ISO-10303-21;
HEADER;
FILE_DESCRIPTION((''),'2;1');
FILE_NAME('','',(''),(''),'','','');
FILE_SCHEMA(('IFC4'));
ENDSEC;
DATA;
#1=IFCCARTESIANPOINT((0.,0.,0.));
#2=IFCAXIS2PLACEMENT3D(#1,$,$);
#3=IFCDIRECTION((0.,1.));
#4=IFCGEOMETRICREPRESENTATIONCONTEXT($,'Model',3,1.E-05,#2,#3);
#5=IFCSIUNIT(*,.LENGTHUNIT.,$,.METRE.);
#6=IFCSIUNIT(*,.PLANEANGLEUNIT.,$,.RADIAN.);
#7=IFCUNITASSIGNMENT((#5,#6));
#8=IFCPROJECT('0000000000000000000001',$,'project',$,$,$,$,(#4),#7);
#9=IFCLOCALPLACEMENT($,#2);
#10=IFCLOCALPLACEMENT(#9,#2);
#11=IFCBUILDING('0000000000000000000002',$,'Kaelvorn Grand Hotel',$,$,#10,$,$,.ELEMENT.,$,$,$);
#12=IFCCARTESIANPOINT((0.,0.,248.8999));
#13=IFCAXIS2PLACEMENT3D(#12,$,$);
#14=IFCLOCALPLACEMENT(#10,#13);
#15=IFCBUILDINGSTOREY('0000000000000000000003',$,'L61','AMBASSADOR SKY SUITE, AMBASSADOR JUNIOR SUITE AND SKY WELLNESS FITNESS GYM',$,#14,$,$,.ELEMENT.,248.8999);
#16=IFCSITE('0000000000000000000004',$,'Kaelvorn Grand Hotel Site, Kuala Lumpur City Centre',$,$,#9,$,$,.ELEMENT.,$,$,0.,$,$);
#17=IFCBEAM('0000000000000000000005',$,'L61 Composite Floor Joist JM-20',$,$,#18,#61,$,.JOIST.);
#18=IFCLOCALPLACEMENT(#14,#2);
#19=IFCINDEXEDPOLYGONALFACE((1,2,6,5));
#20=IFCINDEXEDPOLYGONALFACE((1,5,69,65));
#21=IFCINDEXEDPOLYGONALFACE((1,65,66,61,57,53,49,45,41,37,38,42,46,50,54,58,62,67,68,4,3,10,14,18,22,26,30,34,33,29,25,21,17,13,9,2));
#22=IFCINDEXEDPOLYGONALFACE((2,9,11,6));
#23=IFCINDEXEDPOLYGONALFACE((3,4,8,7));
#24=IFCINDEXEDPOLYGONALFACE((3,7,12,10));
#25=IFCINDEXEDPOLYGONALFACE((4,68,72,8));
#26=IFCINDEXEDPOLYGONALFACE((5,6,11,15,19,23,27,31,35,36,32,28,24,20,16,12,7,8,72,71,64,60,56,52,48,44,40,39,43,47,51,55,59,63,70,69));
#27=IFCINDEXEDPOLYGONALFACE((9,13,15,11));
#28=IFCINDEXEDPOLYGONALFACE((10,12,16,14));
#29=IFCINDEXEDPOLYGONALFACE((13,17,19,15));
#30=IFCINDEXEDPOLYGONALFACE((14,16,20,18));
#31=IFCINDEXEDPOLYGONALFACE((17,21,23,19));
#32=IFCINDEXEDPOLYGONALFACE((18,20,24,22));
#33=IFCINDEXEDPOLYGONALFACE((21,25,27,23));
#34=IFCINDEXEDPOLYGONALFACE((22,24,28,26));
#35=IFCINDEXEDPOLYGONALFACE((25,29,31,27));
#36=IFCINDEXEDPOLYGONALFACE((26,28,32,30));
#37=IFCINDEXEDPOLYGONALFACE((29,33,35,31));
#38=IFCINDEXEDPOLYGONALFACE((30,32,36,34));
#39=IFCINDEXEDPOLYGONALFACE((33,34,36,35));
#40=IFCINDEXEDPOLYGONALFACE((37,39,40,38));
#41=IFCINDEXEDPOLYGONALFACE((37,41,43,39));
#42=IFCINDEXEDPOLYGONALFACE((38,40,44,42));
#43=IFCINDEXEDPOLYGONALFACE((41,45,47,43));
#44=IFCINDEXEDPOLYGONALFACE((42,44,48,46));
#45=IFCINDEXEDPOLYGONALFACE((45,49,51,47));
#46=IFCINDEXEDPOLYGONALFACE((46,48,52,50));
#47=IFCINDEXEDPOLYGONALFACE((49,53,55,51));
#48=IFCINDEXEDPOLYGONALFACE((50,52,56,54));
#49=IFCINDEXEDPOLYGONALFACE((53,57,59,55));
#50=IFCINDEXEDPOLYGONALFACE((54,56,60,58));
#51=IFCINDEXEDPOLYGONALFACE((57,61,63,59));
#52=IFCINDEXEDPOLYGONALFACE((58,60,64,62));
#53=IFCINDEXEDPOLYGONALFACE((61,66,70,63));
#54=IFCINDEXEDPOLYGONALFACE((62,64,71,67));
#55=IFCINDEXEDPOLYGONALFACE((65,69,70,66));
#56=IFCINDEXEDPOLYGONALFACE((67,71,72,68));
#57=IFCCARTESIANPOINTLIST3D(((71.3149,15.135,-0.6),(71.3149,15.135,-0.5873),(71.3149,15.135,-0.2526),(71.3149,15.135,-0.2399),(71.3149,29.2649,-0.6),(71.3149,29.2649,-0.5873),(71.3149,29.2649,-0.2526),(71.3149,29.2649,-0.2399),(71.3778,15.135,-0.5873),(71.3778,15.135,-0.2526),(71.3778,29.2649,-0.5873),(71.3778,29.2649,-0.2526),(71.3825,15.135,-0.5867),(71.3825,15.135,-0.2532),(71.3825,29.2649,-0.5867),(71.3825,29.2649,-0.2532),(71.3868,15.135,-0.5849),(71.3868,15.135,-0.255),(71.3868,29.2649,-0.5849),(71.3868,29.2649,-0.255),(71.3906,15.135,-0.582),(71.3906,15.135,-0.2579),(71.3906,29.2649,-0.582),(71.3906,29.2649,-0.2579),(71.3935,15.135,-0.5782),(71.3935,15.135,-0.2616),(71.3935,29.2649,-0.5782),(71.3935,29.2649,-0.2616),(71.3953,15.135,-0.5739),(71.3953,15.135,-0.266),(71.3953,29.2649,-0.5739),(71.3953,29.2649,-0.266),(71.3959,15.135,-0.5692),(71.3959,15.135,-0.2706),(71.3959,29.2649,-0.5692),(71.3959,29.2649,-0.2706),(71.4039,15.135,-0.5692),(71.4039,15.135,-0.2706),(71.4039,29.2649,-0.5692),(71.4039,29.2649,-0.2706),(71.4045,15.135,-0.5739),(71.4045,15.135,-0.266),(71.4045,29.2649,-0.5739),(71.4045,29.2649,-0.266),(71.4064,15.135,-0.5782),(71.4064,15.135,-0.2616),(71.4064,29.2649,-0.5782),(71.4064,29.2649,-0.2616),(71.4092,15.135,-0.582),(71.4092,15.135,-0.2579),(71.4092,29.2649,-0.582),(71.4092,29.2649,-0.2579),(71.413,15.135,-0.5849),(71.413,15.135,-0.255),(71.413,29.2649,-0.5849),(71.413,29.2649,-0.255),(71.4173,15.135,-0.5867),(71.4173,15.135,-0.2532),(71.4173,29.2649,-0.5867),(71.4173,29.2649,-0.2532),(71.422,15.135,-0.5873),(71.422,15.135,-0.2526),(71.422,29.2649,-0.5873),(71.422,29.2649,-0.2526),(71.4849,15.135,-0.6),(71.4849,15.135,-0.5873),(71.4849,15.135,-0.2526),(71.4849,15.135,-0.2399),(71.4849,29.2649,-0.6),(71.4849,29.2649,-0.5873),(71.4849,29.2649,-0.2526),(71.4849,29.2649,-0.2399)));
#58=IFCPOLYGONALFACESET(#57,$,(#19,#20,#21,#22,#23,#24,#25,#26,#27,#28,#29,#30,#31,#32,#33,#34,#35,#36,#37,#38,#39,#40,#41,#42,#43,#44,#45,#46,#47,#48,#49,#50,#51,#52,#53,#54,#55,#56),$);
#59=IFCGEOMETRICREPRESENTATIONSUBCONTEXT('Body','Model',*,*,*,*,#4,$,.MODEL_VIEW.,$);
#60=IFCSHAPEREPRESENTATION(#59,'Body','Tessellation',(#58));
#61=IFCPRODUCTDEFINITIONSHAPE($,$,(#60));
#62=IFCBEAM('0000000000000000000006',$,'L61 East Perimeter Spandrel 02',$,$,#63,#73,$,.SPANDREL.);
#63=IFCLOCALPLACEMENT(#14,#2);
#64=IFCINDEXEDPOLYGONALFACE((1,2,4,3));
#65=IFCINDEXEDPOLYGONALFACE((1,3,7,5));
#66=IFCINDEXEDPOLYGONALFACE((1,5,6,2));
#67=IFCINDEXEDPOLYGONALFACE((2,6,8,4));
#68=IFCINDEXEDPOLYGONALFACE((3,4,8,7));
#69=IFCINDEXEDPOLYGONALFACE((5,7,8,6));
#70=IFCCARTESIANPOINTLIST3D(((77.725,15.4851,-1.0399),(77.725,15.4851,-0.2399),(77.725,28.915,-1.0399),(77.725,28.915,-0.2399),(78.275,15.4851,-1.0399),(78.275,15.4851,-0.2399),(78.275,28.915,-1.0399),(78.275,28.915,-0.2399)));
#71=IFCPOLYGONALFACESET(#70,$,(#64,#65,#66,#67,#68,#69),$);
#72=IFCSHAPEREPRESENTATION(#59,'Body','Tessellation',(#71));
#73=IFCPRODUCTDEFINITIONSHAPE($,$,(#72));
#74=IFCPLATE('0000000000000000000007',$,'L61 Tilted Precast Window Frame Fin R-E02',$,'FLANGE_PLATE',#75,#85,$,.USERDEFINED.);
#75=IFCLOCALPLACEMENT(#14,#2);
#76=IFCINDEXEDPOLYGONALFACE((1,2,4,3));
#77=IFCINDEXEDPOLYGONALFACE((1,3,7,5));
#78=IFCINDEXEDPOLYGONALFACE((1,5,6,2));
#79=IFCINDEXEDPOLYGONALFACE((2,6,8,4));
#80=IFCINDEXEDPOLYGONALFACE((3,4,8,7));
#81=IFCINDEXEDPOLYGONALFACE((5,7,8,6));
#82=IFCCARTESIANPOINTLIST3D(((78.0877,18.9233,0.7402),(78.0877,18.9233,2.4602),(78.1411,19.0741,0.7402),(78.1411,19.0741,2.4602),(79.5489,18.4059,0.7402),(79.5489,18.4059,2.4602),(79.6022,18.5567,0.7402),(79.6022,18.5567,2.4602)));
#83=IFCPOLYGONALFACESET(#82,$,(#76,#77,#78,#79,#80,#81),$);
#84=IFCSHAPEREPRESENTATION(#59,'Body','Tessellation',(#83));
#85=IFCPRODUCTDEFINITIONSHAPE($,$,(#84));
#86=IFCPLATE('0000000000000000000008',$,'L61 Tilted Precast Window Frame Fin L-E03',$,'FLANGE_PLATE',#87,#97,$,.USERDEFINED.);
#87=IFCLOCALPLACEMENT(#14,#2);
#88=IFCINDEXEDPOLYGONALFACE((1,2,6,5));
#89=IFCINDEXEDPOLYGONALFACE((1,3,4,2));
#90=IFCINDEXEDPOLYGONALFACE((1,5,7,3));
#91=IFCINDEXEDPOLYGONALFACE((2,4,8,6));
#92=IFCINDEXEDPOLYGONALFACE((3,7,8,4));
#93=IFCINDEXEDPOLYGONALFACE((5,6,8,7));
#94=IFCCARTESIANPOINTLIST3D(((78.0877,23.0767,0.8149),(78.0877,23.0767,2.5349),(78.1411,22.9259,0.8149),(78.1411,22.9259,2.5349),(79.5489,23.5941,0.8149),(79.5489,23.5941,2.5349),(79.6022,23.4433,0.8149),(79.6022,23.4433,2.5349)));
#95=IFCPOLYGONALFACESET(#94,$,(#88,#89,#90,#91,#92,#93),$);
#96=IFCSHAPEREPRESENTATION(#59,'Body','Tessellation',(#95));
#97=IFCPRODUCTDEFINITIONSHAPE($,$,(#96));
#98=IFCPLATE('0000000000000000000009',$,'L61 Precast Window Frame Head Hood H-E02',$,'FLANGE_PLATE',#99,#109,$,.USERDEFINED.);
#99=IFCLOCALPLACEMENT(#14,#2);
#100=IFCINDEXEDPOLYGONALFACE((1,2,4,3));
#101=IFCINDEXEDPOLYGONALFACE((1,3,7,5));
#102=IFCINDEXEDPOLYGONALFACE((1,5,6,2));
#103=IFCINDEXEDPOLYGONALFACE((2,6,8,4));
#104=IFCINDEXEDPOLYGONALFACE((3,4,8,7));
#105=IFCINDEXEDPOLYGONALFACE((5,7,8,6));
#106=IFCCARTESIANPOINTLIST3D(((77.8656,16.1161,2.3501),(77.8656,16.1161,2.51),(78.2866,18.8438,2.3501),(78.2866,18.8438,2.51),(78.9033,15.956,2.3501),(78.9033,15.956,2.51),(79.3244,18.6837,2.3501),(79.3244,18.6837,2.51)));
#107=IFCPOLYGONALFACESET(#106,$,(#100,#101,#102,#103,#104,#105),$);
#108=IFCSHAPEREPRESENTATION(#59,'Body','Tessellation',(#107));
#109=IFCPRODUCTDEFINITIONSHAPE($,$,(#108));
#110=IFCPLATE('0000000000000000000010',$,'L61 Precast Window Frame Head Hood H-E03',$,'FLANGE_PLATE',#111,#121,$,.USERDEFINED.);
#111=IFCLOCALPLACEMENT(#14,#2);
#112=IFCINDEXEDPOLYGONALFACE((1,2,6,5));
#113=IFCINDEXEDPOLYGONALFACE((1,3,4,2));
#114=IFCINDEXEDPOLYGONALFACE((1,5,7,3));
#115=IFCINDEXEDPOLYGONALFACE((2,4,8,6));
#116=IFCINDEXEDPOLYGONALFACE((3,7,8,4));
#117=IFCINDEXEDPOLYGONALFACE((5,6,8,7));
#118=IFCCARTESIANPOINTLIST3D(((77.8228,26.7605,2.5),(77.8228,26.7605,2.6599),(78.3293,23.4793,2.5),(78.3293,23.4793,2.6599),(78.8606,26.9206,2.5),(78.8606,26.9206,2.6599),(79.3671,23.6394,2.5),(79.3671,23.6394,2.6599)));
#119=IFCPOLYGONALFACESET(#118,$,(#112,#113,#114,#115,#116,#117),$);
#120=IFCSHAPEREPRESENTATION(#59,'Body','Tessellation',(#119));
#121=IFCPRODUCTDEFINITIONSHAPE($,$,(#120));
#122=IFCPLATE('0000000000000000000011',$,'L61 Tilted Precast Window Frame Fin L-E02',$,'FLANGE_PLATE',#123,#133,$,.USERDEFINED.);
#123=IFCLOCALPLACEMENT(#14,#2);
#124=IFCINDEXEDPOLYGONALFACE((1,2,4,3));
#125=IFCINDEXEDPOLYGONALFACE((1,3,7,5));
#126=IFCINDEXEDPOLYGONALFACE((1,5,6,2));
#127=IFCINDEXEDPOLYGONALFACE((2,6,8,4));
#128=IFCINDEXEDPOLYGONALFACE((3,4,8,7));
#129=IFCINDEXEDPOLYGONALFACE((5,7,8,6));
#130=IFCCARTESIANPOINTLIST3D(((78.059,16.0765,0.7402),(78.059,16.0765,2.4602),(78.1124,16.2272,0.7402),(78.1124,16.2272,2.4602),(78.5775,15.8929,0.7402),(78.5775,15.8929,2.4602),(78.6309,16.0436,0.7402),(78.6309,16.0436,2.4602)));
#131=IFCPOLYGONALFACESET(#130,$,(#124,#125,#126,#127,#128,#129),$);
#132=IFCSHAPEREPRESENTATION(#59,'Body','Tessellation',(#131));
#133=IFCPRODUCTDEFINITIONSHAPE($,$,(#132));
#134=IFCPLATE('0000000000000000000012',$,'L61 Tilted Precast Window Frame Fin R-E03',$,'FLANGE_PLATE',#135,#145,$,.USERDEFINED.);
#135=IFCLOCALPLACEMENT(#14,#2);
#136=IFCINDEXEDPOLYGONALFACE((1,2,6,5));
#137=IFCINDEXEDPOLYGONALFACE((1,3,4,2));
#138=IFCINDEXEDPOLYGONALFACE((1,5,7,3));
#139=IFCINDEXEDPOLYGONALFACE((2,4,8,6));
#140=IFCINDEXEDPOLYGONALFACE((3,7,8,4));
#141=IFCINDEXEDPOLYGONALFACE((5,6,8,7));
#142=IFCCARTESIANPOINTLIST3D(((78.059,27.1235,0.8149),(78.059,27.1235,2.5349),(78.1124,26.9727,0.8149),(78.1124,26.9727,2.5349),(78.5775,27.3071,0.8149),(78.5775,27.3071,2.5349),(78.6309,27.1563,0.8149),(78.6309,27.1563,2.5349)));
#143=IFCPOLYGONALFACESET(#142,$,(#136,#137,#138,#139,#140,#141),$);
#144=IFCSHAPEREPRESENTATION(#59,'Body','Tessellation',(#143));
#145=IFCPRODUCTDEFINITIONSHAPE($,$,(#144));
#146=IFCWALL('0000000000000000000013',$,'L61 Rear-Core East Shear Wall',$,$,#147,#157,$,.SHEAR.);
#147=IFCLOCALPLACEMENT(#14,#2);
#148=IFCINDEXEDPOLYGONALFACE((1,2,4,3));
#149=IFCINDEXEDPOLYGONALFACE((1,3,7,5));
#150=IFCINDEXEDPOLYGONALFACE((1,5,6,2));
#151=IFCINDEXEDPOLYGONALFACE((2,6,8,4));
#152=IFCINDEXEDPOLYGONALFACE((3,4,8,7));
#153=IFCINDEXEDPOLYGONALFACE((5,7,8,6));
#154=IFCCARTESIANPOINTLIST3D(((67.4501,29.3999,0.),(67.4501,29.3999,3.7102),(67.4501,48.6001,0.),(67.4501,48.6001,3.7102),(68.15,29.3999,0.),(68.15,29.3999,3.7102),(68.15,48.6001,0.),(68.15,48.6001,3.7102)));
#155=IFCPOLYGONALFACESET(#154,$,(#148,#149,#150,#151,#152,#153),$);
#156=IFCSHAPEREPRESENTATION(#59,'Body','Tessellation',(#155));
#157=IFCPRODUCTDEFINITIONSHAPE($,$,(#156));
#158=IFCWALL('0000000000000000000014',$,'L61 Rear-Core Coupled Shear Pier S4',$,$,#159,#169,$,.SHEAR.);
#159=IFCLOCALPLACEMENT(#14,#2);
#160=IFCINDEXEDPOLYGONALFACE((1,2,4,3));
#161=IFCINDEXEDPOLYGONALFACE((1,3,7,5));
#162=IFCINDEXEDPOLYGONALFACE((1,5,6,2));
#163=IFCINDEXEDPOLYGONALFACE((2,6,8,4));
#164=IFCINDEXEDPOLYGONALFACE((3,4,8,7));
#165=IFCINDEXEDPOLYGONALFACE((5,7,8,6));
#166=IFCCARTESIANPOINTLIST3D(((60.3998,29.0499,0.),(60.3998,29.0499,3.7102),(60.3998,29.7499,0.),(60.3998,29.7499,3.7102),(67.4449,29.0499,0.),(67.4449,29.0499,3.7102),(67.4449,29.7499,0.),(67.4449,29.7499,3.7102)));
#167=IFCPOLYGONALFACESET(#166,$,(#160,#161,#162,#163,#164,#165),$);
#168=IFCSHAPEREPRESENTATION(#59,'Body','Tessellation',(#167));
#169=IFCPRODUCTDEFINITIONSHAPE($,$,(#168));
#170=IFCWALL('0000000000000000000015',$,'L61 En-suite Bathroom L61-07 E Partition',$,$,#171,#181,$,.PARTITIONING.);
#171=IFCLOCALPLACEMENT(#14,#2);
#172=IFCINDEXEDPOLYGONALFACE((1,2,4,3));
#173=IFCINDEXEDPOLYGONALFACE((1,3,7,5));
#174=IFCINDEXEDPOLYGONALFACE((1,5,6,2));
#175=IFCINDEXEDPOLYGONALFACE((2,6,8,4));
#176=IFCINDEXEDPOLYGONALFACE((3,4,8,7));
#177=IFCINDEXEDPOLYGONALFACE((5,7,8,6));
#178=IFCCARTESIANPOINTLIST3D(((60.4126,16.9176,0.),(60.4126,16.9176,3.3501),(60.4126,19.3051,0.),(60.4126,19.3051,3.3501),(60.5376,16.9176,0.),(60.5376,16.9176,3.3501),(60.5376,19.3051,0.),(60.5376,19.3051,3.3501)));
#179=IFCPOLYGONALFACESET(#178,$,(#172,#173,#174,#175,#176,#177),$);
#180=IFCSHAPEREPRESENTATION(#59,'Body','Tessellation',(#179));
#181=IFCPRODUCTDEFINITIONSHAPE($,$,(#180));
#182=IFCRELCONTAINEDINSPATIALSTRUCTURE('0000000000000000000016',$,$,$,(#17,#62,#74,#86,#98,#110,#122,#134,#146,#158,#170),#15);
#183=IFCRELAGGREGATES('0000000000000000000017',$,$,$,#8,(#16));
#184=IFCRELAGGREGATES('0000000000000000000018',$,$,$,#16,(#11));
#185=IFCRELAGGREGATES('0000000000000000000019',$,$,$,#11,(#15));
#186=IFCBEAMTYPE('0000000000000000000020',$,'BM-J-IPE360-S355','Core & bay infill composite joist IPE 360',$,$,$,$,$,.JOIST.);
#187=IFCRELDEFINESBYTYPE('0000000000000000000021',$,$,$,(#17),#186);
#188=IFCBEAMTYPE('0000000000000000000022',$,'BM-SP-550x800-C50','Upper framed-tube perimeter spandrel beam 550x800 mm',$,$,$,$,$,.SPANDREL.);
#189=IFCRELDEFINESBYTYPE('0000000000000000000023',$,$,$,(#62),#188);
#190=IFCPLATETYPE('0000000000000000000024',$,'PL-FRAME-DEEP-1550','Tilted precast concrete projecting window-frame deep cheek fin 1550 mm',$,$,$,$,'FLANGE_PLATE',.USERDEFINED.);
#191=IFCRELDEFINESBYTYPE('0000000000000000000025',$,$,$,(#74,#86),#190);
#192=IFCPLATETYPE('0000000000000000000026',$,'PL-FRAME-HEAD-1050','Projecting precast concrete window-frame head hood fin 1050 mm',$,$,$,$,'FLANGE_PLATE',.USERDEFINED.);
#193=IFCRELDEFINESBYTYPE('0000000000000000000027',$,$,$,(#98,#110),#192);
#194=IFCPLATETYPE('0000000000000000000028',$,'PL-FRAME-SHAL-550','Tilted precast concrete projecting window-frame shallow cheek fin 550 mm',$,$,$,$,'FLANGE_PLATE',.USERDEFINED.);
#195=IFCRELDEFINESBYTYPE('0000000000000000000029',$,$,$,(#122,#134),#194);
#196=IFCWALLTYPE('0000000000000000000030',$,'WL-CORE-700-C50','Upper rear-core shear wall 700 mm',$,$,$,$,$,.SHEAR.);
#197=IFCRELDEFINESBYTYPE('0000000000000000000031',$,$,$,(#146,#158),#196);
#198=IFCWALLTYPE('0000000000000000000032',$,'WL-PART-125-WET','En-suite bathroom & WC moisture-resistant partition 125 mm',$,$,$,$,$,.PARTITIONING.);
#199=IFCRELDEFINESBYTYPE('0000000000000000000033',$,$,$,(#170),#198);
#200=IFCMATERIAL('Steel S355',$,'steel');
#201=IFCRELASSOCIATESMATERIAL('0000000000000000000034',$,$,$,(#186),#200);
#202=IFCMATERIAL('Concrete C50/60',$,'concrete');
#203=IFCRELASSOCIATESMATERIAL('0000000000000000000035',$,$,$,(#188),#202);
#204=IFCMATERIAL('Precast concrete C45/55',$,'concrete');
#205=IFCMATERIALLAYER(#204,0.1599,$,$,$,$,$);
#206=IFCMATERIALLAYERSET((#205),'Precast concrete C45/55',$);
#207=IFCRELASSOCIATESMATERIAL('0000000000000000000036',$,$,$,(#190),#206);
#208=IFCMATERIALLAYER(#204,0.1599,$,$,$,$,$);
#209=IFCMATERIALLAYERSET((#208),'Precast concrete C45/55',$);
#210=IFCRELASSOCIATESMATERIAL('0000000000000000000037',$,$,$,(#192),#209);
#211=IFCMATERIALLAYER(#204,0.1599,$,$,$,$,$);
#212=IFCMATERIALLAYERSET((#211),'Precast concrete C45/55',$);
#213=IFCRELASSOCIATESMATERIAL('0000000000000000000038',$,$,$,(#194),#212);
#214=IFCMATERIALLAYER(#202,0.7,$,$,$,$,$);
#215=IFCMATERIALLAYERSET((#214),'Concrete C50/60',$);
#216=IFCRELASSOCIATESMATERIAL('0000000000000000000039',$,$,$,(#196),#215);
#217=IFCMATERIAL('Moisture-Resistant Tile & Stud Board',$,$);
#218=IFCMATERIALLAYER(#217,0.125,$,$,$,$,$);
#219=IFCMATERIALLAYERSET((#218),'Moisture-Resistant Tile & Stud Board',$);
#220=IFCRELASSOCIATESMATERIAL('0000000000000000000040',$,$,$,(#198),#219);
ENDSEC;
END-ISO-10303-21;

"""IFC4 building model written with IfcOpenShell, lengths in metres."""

from ifc_helpers import new_model, si_unit, direction, frame, frame_2d, origin, origin_2d, place, context, subcontext, project, spatial, rectangle, i_section, extrude, material, layer, layer_set, material_profile, profile_set, type_object, element, save


model = new_model("IFC4")

# Units and contexts
model_context = context("Model", 3, precision=1e-05, world=origin(), true_north=direction((0.0, 1.0)))
body_context = subcontext(model_context, "Body", "Model", "MODEL_VIEW")
ifc_project = project(units=[si_unit("LENGTHUNIT", "METRE"), si_unit("PLANEANGLEUNIT", "RADIAN")], contexts=[model_context])

# Site, building, storey
site_placement = place(None, origin())
site = spatial("IfcSite", under=ifc_project, at=site_placement, Name="Kaelvorn Grand Hotel Site, Kuala Lumpur City Centre", CompositionType="ELEMENT", RefElevation=0.0)
building_placement = place(site_placement, origin())
building = spatial("IfcBuilding", under=site, at=building_placement, Name="Kaelvorn Grand Hotel", CompositionType="ELEMENT")
storey_placement = place(building_placement, frame((0.0, 0.0, 248.8999)))
storey = spatial("IfcBuildingStorey", under=building, at=storey_placement, Name="L61", Description="AMBASSADOR SKY SUITE, AMBASSADOR JUNIOR SUITE AND SKY WELLNESS FITNESS GYM", CompositionType="ELEMENT", Elevation=248.8999)

# Shared definitions
ifc_material_1 = material(Name="Concrete C50/60", Category="concrete")

# Beams
ifc_material_2 = material(Name="Steel S355", Category="steel")
ifc_material_profile_1 = material_profile(ifc_material_2, i_section(OverallWidth=0.1699, OverallDepth=0.3601, WebThickness=0.0081, FlangeThickness=0.0127, FilletRadius=0.0181, at=origin_2d()), Name="IPE 360")
ifc_profile_set_1 = profile_set([ifc_material_profile_1], Name="Steel S355")
beam_type_1 = type_object("IfcBeamType", Name="BM-J-IPE360-S355", Description="Core & bay infill composite joist IPE 360", PredefinedType="JOIST", material=ifc_profile_set_1)
beam_1_placement = place(storey_placement, frame((71.3999, 15.135, -0.4199), z_axis=(0.0, 1.0, 0.0), x_axis=(-1.0, 0.0, 0.0)))
element("IfcBeam", 1, at=beam_1_placement, inside=storey, type_object=beam_type_1, Name="L61 Composite Floor Joist JM-20", PredefinedType="JOIST", context=body_context, shape_type="SweptSolid", body=[
    extrude(i_section(OverallWidth=0.1699, OverallDepth=0.3601, WebThickness=0.0081, FlangeThickness=0.0127, FilletRadius=0.0181, at=origin_2d()), origin(), (0.0, 0.0, 1.0), 14.1299),
])
ifc_material_profile_2 = material_profile(ifc_material_1, rectangle(XDim=0.55, YDim=0.8, at=origin_2d()), Name="RC SPANDREL 550x800")
ifc_profile_set_2 = profile_set([ifc_material_profile_2], Name="Concrete C50/60")
beam_type_2 = type_object("IfcBeamType", Name="BM-SP-550x800-C50", Description="Upper framed-tube perimeter spandrel beam 550x800 mm", PredefinedType="SPANDREL", material=ifc_profile_set_2)
beam_2_placement = place(storey_placement, frame((78.0, 15.4851, -0.6399), z_axis=(0.0, 1.0, 0.0), x_axis=(-1.0, 0.0, 0.0)))
element("IfcBeam", 2, at=beam_2_placement, inside=storey, type_object=beam_type_2, Name="L61 East Perimeter Spandrel 02", PredefinedType="SPANDREL", context=body_context, shape_type="SweptSolid", body=[
    extrude(rectangle(XDim=0.55, YDim=0.8, at=origin_2d()), origin(), (0.0, 0.0, 1.0), 13.4299),
])

# Plates
ifc_material_3 = material(Name="Precast concrete C45/55", Category="concrete")
ifc_layer_1 = layer(ifc_material_3, 0.1599)
ifc_layer_set_1 = layer_set([ifc_layer_1], Name="Precast concrete C45/55")
plate_type_1 = type_object("IfcPlateType", Name="PL-FRAME-DEEP-1550", Description="Tilted precast concrete projecting window-frame deep cheek fin 1550 mm", ElementType="FLANGE_PLATE", PredefinedType="USERDEFINED", material=ifc_layer_set_1)
for number, where, z_axis, x_axis, name in (
    (3, (78.845, 18.74, 0.7402), (0.0, 0.0, 1.0), (0.333807, 0.942641, 0.0), "L61 Tilted Precast Window Frame Fin R-E02"),
    (4, (78.845, 23.26, 0.8149), (0.0, 0.0, 1.0), (-0.333807, 0.942641, 0.0), "L61 Tilted Precast Window Frame Fin L-E03"),
):
    element("IfcPlate", number, at=place(storey_placement, frame(where, z_axis=z_axis, x_axis=x_axis)), inside=storey, type_object=plate_type_1, Name=name, ObjectType="FLANGE_PLATE", PredefinedType="USERDEFINED", context=body_context, shape_type="SweptSolid", body=[
        extrude(rectangle(XDim=0.1599, YDim=1.55, at=origin_2d()), origin(), (0.0, 0.0, 1.0), 1.72),
    ])
ifc_layer_2 = layer(ifc_material_3, 0.1599)
ifc_layer_set_2 = layer_set([ifc_layer_2], Name="Precast concrete C45/55")
plate_type_2 = type_object("IfcPlateType", Name="PL-FRAME-HEAD-1050", Description="Projecting precast concrete window-frame head hood fin 1050 mm", ElementType="FLANGE_PLATE", PredefinedType="USERDEFINED", material=ifc_layer_set_2)
plate_1_placement = place(storey_placement, frame((78.595, 17.3999, 2.3501), z_axis=(0.0, 0.0, 1.0), x_axis=(0.152555, 0.988295, 0.0)))
element("IfcPlate", 5, at=plate_1_placement, inside=storey, type_object=plate_type_2, Name="L61 Precast Window Frame Head Hood H-E02", ObjectType="FLANGE_PLATE", PredefinedType="USERDEFINED", context=body_context, shape_type="SweptSolid", body=[
    extrude(rectangle(XDim=2.76, YDim=1.05, at=origin_2d()), origin(), (0.0, 0.0, 1.0), 0.1599),
])
plate_2_placement = place(storey_placement, frame((78.595, 25.2, 2.5), z_axis=(0.0, 0.0, 1.0), x_axis=(-0.152555, 0.988295, 0.0)))
element("IfcPlate", 6, at=plate_2_placement, inside=storey, type_object=plate_type_2, Name="L61 Precast Window Frame Head Hood H-E03", ObjectType="FLANGE_PLATE", PredefinedType="USERDEFINED", context=body_context, shape_type="SweptSolid", body=[
    extrude(rectangle(XDim=3.3201, YDim=1.05, at=origin_2d()), origin(), (0.0, 0.0, 1.0), 0.1599),
])
ifc_layer_3 = layer(ifc_material_3, 0.1599)
ifc_layer_set_3 = layer_set([ifc_layer_3], Name="Precast concrete C45/55")
plate_type_3 = type_object("IfcPlateType", Name="PL-FRAME-SHAL-550", Description="Tilted precast concrete projecting window-frame shallow cheek fin 550 mm", ElementType="FLANGE_PLATE", PredefinedType="USERDEFINED", material=ifc_layer_set_3)
for number, where, z_axis, x_axis, name in (
    (7, (78.345, 16.0601, 0.7402), (0.0, 0.0, 1.0), (0.333807, 0.942641, 0.0), "L61 Tilted Precast Window Frame Fin L-E02"),
    (8, (78.345, 27.1399, 0.8149), (0.0, 0.0, 1.0), (-0.333807, 0.942641, 0.0), "L61 Tilted Precast Window Frame Fin R-E03"),
):
    element("IfcPlate", number, at=place(storey_placement, frame(where, z_axis=z_axis, x_axis=x_axis)), inside=storey, type_object=plate_type_3, Name=name, ObjectType="FLANGE_PLATE", PredefinedType="USERDEFINED", context=body_context, shape_type="SweptSolid", body=[
        extrude(rectangle(XDim=0.1599, YDim=0.55, at=origin_2d()), origin(), (0.0, 0.0, 1.0), 1.72),
    ])

# Walls
ifc_layer_4 = layer(ifc_material_1, 0.7)
ifc_layer_set_4 = layer_set([ifc_layer_4], Name="Concrete C50/60")
wall_type_1 = type_object("IfcWallType", Name="WL-CORE-700-C50", Description="Upper rear-core shear wall 700 mm", PredefinedType="SHEAR", material=ifc_layer_set_4)
wall_1_placement = place(storey_placement, frame((67.8, 29.3999, 0.0), z_axis=(0.0, 0.0, 1.0), x_axis=(0.0, 1.0, 0.0)))
element("IfcWall", 9, at=wall_1_placement, inside=storey, type_object=wall_type_1, Name="L61 Rear-Core East Shear Wall", PredefinedType="SHEAR", context=body_context, shape_type="SweptSolid", body=[
    extrude(rectangle(XDim=19.2002, YDim=0.7, at=frame_2d((9.6001, 0.0))), origin(), (0.0, 0.0, 1.0), 3.7102),
])
wall_2_placement = place(storey_placement, frame((60.3999, 29.3999, 0.0), z_axis=(0.0, 0.0, 1.0), x_axis=(1.0, 0.0, 0.0)))
element("IfcWall", 10, at=wall_2_placement, inside=storey, type_object=wall_type_1, Name="L61 Rear-Core Coupled Shear Pier S4", PredefinedType="SHEAR", context=body_context, shape_type="SweptSolid", body=[
    extrude(rectangle(XDim=7.0452, YDim=0.7, at=frame_2d((3.5225, 0.0))), origin(), (0.0, 0.0, 1.0), 3.7102),
])
ifc_material_4 = material(Name="Moisture-Resistant Tile & Stud Board")
ifc_layer_5 = layer(ifc_material_4, 0.125)
ifc_layer_set_5 = layer_set([ifc_layer_5], Name="Moisture-Resistant Tile & Stud Board")
wall_type_2 = type_object("IfcWallType", Name="WL-PART-125-WET", Description="En-suite bathroom & WC moisture-resistant partition 125 mm", PredefinedType="PARTITIONING", material=ifc_layer_set_5)
wall_3_placement = place(storey_placement, frame((60.4751, 16.9175, 0.0), z_axis=(0.0, 0.0, 1.0), x_axis=(0.0, 1.0, 0.0)))
element("IfcWall", 11, at=wall_3_placement, inside=storey, type_object=wall_type_2, Name="L61 En-suite Bathroom L61-07 E Partition", PredefinedType="PARTITIONING", context=body_context, shape_type="SweptSolid", body=[
    extrude(rectangle(XDim=2.3875, YDim=0.125, at=frame_2d((1.1938, 0.0))), origin(), (0.0, 0.0, 1.0), 3.3501),
])

save(model, "model.ifc")
